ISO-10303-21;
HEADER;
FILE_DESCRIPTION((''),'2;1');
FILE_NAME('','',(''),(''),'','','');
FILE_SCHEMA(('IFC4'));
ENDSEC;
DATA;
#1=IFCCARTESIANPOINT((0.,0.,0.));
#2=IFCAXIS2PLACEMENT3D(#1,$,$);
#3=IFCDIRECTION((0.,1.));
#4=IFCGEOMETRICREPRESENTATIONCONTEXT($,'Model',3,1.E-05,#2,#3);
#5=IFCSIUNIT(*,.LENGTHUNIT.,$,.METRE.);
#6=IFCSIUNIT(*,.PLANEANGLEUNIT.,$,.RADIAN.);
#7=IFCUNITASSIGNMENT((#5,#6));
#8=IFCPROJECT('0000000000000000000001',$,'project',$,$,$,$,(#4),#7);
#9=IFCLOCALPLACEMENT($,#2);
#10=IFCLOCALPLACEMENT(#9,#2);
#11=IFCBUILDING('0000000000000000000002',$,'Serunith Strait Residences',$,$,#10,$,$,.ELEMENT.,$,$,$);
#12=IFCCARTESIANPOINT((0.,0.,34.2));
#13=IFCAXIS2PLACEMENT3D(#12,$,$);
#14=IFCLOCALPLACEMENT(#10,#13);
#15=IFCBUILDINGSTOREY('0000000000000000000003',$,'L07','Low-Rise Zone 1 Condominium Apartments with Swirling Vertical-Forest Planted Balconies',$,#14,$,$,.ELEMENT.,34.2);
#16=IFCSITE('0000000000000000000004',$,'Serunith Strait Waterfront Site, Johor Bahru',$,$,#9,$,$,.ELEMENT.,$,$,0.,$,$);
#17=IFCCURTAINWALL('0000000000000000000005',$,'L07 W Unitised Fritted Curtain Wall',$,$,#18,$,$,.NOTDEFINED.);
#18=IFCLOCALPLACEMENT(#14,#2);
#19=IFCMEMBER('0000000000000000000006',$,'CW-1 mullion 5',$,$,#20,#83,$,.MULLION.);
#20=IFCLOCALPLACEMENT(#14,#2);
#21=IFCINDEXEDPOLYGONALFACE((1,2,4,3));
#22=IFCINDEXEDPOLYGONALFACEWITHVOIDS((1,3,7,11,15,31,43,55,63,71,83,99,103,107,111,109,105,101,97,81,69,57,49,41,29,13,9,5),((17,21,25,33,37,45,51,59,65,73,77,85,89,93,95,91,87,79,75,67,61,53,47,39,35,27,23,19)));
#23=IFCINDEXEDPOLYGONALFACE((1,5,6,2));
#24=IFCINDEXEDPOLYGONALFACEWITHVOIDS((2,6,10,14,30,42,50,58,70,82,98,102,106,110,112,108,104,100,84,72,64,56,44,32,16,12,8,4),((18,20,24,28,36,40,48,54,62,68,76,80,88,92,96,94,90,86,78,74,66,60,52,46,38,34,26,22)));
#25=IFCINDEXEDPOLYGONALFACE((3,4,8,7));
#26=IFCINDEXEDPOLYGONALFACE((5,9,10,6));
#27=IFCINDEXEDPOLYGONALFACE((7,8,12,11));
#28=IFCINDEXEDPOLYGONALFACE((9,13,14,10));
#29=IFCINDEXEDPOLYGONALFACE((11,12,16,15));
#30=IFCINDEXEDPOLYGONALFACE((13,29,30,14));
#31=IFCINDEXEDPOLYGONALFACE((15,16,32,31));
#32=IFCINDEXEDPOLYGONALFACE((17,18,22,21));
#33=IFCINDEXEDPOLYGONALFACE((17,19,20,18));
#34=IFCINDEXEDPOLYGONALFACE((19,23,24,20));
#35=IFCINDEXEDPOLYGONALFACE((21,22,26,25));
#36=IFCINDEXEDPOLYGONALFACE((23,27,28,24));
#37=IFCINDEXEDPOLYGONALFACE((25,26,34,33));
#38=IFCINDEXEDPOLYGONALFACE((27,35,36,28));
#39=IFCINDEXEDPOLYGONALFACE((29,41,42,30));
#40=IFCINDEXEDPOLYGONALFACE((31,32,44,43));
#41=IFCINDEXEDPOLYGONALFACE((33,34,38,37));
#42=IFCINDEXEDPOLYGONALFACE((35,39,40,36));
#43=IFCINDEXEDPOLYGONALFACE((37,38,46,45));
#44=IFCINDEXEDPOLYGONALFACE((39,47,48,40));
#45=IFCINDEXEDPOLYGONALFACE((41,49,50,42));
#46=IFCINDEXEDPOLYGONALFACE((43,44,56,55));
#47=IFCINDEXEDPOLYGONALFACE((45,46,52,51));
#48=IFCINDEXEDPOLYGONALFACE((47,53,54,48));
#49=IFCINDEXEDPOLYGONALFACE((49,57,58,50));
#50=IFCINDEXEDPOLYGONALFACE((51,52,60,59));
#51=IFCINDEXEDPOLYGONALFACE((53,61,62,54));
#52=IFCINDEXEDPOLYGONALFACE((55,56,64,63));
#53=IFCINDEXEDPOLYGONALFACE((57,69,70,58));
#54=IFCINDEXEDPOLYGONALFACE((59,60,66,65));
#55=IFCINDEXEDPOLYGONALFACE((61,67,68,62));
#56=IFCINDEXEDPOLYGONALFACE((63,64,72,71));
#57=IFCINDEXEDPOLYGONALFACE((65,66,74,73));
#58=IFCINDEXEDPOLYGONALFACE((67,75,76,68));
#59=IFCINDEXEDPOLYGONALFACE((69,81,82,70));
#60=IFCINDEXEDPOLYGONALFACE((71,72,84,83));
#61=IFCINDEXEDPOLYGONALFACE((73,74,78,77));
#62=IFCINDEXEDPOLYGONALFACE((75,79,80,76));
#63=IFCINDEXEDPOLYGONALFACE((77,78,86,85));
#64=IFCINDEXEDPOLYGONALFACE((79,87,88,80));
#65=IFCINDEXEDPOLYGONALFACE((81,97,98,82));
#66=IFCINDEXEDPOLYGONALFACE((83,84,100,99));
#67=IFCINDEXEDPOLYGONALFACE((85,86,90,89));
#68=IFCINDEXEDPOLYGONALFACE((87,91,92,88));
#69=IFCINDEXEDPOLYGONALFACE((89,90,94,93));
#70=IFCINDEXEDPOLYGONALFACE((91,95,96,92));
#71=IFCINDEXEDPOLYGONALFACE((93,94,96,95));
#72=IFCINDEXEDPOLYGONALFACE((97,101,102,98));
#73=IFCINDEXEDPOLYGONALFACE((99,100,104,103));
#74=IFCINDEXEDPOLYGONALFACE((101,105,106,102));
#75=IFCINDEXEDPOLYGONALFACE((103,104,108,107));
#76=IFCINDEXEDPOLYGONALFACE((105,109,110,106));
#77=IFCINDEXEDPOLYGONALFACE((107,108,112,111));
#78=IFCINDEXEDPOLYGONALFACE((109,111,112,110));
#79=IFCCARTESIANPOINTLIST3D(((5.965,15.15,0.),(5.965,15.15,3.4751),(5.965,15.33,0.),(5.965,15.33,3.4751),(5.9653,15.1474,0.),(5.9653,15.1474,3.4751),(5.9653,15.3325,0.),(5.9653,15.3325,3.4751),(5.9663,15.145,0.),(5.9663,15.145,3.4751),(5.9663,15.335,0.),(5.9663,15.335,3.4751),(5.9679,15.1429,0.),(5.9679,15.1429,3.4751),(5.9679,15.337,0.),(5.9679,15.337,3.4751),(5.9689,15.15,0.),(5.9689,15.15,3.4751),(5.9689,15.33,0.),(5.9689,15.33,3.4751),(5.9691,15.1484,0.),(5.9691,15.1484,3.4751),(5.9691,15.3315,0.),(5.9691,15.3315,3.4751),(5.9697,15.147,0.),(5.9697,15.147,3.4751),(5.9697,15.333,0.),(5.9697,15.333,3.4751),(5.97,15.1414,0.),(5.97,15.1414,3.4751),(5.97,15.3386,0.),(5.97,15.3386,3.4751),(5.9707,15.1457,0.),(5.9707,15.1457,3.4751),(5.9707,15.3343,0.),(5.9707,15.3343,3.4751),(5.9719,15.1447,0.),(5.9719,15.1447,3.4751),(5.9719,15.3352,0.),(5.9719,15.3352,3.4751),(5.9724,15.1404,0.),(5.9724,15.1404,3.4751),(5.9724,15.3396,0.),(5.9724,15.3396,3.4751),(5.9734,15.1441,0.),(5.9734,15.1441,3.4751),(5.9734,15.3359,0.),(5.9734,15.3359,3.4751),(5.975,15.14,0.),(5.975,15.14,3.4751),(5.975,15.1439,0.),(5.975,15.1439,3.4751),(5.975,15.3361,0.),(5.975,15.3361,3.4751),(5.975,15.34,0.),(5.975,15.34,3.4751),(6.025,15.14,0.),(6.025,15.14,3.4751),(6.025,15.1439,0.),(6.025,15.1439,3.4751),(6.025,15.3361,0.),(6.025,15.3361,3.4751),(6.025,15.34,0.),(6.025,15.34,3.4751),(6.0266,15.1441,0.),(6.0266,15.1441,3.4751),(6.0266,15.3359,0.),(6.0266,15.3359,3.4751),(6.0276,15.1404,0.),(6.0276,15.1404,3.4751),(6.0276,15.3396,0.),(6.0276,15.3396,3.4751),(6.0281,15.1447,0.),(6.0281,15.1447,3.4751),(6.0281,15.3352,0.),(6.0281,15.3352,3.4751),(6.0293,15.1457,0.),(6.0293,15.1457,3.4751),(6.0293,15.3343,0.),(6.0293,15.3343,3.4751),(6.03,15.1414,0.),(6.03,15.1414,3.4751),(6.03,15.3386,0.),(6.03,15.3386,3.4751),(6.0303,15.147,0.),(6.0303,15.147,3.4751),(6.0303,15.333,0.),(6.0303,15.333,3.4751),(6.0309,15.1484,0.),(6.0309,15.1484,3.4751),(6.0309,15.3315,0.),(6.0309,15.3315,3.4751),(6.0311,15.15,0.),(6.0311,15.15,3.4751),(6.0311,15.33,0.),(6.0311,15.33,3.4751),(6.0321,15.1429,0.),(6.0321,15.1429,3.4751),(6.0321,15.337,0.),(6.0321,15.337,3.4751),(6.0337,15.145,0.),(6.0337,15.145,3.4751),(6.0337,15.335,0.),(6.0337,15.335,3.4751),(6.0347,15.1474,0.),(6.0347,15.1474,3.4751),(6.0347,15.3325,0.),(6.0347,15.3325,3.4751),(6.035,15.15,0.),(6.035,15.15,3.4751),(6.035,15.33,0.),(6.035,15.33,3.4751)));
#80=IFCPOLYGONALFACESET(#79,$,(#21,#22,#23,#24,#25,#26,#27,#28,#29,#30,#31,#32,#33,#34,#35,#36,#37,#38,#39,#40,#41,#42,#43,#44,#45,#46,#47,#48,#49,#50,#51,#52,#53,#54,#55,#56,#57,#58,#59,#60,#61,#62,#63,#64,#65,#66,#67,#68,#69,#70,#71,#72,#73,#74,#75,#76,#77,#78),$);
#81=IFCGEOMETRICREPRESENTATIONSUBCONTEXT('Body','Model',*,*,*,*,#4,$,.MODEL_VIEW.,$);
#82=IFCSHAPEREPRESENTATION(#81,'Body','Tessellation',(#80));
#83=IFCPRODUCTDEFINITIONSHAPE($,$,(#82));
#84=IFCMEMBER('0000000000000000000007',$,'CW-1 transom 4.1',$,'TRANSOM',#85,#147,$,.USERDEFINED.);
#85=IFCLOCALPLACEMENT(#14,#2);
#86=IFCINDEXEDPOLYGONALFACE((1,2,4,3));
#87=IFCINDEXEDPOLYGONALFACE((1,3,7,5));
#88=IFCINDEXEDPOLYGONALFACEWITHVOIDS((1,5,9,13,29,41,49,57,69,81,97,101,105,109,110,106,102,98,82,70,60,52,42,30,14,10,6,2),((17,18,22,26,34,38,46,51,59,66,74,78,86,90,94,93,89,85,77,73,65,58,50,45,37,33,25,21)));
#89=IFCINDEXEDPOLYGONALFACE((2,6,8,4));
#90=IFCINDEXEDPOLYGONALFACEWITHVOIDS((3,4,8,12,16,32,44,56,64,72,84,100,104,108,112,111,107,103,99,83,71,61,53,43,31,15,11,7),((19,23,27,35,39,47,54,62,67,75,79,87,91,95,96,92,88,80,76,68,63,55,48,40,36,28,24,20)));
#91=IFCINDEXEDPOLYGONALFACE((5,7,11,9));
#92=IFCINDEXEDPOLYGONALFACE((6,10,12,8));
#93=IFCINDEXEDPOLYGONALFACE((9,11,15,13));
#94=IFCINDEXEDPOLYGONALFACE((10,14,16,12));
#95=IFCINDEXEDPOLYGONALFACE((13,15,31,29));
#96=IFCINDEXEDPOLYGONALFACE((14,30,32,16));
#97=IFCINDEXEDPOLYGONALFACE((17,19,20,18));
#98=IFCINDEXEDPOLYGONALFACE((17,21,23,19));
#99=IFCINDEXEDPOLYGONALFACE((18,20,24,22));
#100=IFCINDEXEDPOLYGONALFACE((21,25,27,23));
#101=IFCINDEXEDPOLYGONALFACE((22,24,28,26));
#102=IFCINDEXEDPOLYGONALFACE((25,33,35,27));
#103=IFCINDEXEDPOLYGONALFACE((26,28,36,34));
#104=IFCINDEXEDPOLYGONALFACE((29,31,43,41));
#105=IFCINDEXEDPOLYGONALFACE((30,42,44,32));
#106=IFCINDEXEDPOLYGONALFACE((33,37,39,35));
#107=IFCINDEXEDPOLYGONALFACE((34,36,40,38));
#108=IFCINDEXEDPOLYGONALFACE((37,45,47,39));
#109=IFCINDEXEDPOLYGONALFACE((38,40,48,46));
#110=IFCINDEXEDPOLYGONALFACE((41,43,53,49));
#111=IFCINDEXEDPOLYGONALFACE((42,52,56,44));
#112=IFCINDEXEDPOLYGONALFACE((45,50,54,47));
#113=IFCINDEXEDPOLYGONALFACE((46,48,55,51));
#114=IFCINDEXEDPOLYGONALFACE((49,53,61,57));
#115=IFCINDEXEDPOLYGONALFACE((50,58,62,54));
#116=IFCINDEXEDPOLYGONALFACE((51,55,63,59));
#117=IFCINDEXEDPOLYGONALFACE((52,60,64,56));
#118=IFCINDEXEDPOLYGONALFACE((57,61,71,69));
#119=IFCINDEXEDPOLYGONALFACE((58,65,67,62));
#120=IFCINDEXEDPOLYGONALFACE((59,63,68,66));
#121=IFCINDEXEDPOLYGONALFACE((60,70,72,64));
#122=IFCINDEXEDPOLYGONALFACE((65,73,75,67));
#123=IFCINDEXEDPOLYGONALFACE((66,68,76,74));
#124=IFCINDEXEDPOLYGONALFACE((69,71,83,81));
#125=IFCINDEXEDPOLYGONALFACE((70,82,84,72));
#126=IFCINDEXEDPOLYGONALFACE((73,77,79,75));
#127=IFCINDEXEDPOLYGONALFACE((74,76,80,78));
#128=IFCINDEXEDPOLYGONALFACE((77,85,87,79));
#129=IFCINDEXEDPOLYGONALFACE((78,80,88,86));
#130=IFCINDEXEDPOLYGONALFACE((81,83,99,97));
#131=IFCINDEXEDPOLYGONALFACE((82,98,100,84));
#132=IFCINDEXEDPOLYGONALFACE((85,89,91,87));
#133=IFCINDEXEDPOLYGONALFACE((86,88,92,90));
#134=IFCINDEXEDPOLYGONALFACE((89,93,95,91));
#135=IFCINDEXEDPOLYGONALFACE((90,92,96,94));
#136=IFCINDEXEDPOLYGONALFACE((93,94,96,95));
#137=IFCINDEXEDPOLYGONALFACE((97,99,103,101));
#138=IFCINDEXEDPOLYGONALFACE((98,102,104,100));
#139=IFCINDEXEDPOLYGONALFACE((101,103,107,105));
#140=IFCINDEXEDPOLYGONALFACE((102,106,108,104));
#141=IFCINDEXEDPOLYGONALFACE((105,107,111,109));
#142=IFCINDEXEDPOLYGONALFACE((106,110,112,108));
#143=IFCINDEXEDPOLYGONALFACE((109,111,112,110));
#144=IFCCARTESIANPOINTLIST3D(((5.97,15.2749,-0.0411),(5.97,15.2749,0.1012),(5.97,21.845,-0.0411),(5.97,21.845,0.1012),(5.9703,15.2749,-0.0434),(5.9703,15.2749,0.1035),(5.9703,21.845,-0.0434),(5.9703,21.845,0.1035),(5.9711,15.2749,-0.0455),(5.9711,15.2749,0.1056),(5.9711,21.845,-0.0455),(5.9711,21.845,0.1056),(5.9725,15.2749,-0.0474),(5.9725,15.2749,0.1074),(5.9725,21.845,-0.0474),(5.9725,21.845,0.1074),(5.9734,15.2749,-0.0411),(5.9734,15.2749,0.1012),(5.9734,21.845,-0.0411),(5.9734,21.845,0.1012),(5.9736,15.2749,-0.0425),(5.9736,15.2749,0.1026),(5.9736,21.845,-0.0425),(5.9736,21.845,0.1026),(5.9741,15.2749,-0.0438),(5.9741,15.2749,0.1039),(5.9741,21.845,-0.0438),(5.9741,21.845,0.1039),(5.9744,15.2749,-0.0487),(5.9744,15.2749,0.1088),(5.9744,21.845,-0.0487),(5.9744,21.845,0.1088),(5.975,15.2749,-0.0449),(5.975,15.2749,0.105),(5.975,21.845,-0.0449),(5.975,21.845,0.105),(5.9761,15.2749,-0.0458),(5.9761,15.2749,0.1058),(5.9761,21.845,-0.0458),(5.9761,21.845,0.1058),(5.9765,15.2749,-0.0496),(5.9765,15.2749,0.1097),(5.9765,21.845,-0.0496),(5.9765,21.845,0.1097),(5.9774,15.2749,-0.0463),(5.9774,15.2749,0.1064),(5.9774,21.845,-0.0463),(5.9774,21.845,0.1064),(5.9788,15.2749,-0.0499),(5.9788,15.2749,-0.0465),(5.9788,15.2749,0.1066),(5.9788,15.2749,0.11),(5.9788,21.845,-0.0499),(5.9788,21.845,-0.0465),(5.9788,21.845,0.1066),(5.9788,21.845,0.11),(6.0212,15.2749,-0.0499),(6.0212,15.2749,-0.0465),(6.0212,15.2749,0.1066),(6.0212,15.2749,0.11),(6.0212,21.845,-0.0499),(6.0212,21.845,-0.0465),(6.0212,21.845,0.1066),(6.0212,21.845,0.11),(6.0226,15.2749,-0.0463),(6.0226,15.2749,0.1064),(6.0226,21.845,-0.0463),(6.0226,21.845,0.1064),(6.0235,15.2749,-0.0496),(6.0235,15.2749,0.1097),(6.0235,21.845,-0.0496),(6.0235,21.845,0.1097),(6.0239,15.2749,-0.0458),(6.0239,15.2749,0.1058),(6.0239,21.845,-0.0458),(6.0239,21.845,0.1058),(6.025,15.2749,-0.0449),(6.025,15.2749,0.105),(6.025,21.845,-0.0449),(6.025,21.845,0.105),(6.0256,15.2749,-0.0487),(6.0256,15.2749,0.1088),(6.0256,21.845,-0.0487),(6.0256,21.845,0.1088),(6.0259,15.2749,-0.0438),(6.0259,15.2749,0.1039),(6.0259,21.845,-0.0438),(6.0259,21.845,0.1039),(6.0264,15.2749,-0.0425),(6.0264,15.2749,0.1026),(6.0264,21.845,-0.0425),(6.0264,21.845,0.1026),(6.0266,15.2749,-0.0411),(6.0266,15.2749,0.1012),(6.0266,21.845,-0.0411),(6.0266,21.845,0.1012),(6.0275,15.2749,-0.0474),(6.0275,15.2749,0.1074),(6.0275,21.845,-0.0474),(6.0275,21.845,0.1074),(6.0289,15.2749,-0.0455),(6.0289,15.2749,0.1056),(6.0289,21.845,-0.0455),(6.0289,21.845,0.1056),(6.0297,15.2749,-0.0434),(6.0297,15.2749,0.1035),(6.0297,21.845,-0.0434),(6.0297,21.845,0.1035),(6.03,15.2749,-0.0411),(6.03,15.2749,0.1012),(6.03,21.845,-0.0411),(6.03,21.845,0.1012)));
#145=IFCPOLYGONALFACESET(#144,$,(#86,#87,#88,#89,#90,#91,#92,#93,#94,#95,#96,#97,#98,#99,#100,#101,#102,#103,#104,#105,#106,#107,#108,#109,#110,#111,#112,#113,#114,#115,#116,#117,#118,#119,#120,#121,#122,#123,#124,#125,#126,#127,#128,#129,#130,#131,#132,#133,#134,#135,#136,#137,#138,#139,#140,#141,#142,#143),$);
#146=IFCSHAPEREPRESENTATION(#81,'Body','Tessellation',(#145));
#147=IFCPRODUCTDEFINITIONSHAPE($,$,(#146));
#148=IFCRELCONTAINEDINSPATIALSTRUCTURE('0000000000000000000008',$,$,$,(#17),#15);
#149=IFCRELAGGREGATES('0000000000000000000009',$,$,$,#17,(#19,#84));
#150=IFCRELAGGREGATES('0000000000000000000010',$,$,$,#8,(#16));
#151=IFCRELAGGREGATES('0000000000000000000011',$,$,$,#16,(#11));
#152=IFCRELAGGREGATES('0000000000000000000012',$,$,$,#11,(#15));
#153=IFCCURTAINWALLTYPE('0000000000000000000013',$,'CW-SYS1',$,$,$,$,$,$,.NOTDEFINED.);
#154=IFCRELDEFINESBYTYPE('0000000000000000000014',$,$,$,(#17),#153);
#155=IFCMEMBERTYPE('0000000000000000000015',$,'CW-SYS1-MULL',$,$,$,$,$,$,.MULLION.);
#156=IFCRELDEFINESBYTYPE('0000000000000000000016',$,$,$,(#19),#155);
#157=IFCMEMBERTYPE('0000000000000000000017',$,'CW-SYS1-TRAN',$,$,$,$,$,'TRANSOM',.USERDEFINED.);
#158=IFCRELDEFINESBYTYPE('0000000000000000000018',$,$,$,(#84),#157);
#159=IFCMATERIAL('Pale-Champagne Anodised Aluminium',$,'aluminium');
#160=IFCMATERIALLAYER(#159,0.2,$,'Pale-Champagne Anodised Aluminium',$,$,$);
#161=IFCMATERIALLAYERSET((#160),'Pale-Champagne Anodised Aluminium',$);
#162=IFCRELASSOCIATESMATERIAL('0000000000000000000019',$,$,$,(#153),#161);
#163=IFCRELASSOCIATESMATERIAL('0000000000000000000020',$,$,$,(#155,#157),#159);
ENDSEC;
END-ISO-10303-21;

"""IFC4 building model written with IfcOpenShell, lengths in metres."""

from ifc_helpers import new_model, si_unit, direction, frame, origin, origin_2d, place, context, subcontext, project, spatial, hollow_rectangle, extrude, source, transform, mapped, material, layer, layer_set, material_profile, profile_set, type_object, element, aggregate, save


model = new_model("IFC4")

# Units and contexts
model_context = context("Model", 3, precision=1e-05, world=origin(), true_north=direction((0.0, 1.0)))
body_context = subcontext(model_context, "Body", "Model", "MODEL_VIEW")
ifc_project = project(units=[si_unit("LENGTHUNIT", "METRE"), si_unit("PLANEANGLEUNIT", "RADIAN")], contexts=[model_context])

# Site, building, storey
site_placement = place(None, origin())
site = spatial("IfcSite", under=ifc_project, at=site_placement, Name="Serunith Strait Waterfront Site, Johor Bahru", CompositionType="ELEMENT", RefElevation=0.0)
building_placement = place(site_placement, origin())
building = spatial("IfcBuilding", under=site, at=building_placement, Name="Serunith Strait Residences", CompositionType="ELEMENT")
storey_placement = place(building_placement, frame((0.0, 0.0, 34.2)))
storey = spatial("IfcBuildingStorey", under=building, at=storey_placement, Name="L07", Description="Low-Rise Zone 1 Condominium Apartments with Swirling Vertical-Forest Planted Balconies", CompositionType="ELEMENT", Elevation=34.2)

# Curtain wall, members
ifc_material_1 = material(Name="Pale-Champagne Anodised Aluminium", Category="aluminium")
ifc_layer_1 = layer(ifc_material_1, 0.2, Name="Pale-Champagne Anodised Aluminium")
ifc_layer_set_1 = layer_set([ifc_layer_1], Name="Pale-Champagne Anodised Aluminium")
curtain_wall_type = type_object("IfcCurtainWallType", Name="CW-SYS1", PredefinedType="NOTDEFINED", material=ifc_layer_set_1)
curtain_wall_placement = place(storey_placement, origin())
curtain_wall = element("IfcCurtainWall", 1, at=curtain_wall_placement, inside=storey, type_object=curtain_wall_type, Name="L07 W Unitised Fritted Curtain Wall", PredefinedType="NOTDEFINED")
ifc_material_profile_1 = material_profile(ifc_material_1, hollow_rectangle(XDim=0.0701, YDim=0.2, WallThickness=0.0039, InnerFilletRadius=0.0061, OuterFilletRadius=0.01, at=origin_2d()), Name="ALU 200x70x4")
ifc_profile_set_1 = profile_set([ifc_material_profile_1], Name="Pale-Champagne Anodised Aluminium")
member_type_1 = type_object("IfcMemberType", Name="CW-SYS1-MULL", PredefinedType="MULLION", material=ifc_profile_set_1)
shared_shape_1 = source(origin(), body_context, "Body", "SweptSolid", [
    extrude(hollow_rectangle(XDim=0.0701, YDim=0.2, WallThickness=0.0039, InnerFilletRadius=0.0061, OuterFilletRadius=0.01, at=origin_2d()), origin(), (0.0, 0.0, 1.0), 3.4751),
])
member_1_placement = place(storey_placement, frame((6.0, 15.24, 0.0), z_axis=(0.0, 0.0, 1.0), x_axis=(1.0, 0.0, 0.0)))
member_1 = element("IfcMember", 2, at=member_1_placement, type_object=member_type_1, Name="CW-1 mullion 5", PredefinedType="MULLION", context=body_context, shape_type="MappedRepresentation", body=[
    mapped(shared_shape_1, transform((0.0, 0.0, 0.0), scale=1.0)),
])
ifc_material_profile_2 = material_profile(ifc_material_1, hollow_rectangle(XDim=0.0601, YDim=0.1599, WallThickness=0.0034, InnerFilletRadius=0.0054, OuterFilletRadius=0.0088, at=origin_2d()), Name="ALU 160x60x3.5")
ifc_profile_set_2 = profile_set([ifc_material_profile_2], Name="Pale-Champagne Anodised Aluminium")
member_type_2 = type_object("IfcMemberType", Name="CW-SYS1-TRAN", ElementType="TRANSOM", PredefinedType="USERDEFINED", material=ifc_profile_set_2)
shared_shape_2 = source(origin(), body_context, "Body", "SweptSolid", [
    extrude(hollow_rectangle(XDim=0.0601, YDim=0.1599, WallThickness=0.0034, InnerFilletRadius=0.0054, OuterFilletRadius=0.0088, at=origin_2d()), origin(), (0.0, 0.0, 1.0), 6.5701),
])
member_2_placement = place(storey_placement, frame((6.0, 21.845, 0.03), z_axis=(0.0, -1.0, 0.0), x_axis=(1.0, 0.0, 0.0)))
member_2 = element("IfcMember", 3, at=member_2_placement, type_object=member_type_2, Name="CW-1 transom 4.1", ObjectType="TRANSOM", PredefinedType="USERDEFINED", context=body_context, shape_type="MappedRepresentation", body=[
    mapped(shared_shape_2, transform((0.0, 0.0, 0.0), scale=1.0)),
])
aggregate(curtain_wall, [member_1, member_2])

save(model, "model.ifc")
